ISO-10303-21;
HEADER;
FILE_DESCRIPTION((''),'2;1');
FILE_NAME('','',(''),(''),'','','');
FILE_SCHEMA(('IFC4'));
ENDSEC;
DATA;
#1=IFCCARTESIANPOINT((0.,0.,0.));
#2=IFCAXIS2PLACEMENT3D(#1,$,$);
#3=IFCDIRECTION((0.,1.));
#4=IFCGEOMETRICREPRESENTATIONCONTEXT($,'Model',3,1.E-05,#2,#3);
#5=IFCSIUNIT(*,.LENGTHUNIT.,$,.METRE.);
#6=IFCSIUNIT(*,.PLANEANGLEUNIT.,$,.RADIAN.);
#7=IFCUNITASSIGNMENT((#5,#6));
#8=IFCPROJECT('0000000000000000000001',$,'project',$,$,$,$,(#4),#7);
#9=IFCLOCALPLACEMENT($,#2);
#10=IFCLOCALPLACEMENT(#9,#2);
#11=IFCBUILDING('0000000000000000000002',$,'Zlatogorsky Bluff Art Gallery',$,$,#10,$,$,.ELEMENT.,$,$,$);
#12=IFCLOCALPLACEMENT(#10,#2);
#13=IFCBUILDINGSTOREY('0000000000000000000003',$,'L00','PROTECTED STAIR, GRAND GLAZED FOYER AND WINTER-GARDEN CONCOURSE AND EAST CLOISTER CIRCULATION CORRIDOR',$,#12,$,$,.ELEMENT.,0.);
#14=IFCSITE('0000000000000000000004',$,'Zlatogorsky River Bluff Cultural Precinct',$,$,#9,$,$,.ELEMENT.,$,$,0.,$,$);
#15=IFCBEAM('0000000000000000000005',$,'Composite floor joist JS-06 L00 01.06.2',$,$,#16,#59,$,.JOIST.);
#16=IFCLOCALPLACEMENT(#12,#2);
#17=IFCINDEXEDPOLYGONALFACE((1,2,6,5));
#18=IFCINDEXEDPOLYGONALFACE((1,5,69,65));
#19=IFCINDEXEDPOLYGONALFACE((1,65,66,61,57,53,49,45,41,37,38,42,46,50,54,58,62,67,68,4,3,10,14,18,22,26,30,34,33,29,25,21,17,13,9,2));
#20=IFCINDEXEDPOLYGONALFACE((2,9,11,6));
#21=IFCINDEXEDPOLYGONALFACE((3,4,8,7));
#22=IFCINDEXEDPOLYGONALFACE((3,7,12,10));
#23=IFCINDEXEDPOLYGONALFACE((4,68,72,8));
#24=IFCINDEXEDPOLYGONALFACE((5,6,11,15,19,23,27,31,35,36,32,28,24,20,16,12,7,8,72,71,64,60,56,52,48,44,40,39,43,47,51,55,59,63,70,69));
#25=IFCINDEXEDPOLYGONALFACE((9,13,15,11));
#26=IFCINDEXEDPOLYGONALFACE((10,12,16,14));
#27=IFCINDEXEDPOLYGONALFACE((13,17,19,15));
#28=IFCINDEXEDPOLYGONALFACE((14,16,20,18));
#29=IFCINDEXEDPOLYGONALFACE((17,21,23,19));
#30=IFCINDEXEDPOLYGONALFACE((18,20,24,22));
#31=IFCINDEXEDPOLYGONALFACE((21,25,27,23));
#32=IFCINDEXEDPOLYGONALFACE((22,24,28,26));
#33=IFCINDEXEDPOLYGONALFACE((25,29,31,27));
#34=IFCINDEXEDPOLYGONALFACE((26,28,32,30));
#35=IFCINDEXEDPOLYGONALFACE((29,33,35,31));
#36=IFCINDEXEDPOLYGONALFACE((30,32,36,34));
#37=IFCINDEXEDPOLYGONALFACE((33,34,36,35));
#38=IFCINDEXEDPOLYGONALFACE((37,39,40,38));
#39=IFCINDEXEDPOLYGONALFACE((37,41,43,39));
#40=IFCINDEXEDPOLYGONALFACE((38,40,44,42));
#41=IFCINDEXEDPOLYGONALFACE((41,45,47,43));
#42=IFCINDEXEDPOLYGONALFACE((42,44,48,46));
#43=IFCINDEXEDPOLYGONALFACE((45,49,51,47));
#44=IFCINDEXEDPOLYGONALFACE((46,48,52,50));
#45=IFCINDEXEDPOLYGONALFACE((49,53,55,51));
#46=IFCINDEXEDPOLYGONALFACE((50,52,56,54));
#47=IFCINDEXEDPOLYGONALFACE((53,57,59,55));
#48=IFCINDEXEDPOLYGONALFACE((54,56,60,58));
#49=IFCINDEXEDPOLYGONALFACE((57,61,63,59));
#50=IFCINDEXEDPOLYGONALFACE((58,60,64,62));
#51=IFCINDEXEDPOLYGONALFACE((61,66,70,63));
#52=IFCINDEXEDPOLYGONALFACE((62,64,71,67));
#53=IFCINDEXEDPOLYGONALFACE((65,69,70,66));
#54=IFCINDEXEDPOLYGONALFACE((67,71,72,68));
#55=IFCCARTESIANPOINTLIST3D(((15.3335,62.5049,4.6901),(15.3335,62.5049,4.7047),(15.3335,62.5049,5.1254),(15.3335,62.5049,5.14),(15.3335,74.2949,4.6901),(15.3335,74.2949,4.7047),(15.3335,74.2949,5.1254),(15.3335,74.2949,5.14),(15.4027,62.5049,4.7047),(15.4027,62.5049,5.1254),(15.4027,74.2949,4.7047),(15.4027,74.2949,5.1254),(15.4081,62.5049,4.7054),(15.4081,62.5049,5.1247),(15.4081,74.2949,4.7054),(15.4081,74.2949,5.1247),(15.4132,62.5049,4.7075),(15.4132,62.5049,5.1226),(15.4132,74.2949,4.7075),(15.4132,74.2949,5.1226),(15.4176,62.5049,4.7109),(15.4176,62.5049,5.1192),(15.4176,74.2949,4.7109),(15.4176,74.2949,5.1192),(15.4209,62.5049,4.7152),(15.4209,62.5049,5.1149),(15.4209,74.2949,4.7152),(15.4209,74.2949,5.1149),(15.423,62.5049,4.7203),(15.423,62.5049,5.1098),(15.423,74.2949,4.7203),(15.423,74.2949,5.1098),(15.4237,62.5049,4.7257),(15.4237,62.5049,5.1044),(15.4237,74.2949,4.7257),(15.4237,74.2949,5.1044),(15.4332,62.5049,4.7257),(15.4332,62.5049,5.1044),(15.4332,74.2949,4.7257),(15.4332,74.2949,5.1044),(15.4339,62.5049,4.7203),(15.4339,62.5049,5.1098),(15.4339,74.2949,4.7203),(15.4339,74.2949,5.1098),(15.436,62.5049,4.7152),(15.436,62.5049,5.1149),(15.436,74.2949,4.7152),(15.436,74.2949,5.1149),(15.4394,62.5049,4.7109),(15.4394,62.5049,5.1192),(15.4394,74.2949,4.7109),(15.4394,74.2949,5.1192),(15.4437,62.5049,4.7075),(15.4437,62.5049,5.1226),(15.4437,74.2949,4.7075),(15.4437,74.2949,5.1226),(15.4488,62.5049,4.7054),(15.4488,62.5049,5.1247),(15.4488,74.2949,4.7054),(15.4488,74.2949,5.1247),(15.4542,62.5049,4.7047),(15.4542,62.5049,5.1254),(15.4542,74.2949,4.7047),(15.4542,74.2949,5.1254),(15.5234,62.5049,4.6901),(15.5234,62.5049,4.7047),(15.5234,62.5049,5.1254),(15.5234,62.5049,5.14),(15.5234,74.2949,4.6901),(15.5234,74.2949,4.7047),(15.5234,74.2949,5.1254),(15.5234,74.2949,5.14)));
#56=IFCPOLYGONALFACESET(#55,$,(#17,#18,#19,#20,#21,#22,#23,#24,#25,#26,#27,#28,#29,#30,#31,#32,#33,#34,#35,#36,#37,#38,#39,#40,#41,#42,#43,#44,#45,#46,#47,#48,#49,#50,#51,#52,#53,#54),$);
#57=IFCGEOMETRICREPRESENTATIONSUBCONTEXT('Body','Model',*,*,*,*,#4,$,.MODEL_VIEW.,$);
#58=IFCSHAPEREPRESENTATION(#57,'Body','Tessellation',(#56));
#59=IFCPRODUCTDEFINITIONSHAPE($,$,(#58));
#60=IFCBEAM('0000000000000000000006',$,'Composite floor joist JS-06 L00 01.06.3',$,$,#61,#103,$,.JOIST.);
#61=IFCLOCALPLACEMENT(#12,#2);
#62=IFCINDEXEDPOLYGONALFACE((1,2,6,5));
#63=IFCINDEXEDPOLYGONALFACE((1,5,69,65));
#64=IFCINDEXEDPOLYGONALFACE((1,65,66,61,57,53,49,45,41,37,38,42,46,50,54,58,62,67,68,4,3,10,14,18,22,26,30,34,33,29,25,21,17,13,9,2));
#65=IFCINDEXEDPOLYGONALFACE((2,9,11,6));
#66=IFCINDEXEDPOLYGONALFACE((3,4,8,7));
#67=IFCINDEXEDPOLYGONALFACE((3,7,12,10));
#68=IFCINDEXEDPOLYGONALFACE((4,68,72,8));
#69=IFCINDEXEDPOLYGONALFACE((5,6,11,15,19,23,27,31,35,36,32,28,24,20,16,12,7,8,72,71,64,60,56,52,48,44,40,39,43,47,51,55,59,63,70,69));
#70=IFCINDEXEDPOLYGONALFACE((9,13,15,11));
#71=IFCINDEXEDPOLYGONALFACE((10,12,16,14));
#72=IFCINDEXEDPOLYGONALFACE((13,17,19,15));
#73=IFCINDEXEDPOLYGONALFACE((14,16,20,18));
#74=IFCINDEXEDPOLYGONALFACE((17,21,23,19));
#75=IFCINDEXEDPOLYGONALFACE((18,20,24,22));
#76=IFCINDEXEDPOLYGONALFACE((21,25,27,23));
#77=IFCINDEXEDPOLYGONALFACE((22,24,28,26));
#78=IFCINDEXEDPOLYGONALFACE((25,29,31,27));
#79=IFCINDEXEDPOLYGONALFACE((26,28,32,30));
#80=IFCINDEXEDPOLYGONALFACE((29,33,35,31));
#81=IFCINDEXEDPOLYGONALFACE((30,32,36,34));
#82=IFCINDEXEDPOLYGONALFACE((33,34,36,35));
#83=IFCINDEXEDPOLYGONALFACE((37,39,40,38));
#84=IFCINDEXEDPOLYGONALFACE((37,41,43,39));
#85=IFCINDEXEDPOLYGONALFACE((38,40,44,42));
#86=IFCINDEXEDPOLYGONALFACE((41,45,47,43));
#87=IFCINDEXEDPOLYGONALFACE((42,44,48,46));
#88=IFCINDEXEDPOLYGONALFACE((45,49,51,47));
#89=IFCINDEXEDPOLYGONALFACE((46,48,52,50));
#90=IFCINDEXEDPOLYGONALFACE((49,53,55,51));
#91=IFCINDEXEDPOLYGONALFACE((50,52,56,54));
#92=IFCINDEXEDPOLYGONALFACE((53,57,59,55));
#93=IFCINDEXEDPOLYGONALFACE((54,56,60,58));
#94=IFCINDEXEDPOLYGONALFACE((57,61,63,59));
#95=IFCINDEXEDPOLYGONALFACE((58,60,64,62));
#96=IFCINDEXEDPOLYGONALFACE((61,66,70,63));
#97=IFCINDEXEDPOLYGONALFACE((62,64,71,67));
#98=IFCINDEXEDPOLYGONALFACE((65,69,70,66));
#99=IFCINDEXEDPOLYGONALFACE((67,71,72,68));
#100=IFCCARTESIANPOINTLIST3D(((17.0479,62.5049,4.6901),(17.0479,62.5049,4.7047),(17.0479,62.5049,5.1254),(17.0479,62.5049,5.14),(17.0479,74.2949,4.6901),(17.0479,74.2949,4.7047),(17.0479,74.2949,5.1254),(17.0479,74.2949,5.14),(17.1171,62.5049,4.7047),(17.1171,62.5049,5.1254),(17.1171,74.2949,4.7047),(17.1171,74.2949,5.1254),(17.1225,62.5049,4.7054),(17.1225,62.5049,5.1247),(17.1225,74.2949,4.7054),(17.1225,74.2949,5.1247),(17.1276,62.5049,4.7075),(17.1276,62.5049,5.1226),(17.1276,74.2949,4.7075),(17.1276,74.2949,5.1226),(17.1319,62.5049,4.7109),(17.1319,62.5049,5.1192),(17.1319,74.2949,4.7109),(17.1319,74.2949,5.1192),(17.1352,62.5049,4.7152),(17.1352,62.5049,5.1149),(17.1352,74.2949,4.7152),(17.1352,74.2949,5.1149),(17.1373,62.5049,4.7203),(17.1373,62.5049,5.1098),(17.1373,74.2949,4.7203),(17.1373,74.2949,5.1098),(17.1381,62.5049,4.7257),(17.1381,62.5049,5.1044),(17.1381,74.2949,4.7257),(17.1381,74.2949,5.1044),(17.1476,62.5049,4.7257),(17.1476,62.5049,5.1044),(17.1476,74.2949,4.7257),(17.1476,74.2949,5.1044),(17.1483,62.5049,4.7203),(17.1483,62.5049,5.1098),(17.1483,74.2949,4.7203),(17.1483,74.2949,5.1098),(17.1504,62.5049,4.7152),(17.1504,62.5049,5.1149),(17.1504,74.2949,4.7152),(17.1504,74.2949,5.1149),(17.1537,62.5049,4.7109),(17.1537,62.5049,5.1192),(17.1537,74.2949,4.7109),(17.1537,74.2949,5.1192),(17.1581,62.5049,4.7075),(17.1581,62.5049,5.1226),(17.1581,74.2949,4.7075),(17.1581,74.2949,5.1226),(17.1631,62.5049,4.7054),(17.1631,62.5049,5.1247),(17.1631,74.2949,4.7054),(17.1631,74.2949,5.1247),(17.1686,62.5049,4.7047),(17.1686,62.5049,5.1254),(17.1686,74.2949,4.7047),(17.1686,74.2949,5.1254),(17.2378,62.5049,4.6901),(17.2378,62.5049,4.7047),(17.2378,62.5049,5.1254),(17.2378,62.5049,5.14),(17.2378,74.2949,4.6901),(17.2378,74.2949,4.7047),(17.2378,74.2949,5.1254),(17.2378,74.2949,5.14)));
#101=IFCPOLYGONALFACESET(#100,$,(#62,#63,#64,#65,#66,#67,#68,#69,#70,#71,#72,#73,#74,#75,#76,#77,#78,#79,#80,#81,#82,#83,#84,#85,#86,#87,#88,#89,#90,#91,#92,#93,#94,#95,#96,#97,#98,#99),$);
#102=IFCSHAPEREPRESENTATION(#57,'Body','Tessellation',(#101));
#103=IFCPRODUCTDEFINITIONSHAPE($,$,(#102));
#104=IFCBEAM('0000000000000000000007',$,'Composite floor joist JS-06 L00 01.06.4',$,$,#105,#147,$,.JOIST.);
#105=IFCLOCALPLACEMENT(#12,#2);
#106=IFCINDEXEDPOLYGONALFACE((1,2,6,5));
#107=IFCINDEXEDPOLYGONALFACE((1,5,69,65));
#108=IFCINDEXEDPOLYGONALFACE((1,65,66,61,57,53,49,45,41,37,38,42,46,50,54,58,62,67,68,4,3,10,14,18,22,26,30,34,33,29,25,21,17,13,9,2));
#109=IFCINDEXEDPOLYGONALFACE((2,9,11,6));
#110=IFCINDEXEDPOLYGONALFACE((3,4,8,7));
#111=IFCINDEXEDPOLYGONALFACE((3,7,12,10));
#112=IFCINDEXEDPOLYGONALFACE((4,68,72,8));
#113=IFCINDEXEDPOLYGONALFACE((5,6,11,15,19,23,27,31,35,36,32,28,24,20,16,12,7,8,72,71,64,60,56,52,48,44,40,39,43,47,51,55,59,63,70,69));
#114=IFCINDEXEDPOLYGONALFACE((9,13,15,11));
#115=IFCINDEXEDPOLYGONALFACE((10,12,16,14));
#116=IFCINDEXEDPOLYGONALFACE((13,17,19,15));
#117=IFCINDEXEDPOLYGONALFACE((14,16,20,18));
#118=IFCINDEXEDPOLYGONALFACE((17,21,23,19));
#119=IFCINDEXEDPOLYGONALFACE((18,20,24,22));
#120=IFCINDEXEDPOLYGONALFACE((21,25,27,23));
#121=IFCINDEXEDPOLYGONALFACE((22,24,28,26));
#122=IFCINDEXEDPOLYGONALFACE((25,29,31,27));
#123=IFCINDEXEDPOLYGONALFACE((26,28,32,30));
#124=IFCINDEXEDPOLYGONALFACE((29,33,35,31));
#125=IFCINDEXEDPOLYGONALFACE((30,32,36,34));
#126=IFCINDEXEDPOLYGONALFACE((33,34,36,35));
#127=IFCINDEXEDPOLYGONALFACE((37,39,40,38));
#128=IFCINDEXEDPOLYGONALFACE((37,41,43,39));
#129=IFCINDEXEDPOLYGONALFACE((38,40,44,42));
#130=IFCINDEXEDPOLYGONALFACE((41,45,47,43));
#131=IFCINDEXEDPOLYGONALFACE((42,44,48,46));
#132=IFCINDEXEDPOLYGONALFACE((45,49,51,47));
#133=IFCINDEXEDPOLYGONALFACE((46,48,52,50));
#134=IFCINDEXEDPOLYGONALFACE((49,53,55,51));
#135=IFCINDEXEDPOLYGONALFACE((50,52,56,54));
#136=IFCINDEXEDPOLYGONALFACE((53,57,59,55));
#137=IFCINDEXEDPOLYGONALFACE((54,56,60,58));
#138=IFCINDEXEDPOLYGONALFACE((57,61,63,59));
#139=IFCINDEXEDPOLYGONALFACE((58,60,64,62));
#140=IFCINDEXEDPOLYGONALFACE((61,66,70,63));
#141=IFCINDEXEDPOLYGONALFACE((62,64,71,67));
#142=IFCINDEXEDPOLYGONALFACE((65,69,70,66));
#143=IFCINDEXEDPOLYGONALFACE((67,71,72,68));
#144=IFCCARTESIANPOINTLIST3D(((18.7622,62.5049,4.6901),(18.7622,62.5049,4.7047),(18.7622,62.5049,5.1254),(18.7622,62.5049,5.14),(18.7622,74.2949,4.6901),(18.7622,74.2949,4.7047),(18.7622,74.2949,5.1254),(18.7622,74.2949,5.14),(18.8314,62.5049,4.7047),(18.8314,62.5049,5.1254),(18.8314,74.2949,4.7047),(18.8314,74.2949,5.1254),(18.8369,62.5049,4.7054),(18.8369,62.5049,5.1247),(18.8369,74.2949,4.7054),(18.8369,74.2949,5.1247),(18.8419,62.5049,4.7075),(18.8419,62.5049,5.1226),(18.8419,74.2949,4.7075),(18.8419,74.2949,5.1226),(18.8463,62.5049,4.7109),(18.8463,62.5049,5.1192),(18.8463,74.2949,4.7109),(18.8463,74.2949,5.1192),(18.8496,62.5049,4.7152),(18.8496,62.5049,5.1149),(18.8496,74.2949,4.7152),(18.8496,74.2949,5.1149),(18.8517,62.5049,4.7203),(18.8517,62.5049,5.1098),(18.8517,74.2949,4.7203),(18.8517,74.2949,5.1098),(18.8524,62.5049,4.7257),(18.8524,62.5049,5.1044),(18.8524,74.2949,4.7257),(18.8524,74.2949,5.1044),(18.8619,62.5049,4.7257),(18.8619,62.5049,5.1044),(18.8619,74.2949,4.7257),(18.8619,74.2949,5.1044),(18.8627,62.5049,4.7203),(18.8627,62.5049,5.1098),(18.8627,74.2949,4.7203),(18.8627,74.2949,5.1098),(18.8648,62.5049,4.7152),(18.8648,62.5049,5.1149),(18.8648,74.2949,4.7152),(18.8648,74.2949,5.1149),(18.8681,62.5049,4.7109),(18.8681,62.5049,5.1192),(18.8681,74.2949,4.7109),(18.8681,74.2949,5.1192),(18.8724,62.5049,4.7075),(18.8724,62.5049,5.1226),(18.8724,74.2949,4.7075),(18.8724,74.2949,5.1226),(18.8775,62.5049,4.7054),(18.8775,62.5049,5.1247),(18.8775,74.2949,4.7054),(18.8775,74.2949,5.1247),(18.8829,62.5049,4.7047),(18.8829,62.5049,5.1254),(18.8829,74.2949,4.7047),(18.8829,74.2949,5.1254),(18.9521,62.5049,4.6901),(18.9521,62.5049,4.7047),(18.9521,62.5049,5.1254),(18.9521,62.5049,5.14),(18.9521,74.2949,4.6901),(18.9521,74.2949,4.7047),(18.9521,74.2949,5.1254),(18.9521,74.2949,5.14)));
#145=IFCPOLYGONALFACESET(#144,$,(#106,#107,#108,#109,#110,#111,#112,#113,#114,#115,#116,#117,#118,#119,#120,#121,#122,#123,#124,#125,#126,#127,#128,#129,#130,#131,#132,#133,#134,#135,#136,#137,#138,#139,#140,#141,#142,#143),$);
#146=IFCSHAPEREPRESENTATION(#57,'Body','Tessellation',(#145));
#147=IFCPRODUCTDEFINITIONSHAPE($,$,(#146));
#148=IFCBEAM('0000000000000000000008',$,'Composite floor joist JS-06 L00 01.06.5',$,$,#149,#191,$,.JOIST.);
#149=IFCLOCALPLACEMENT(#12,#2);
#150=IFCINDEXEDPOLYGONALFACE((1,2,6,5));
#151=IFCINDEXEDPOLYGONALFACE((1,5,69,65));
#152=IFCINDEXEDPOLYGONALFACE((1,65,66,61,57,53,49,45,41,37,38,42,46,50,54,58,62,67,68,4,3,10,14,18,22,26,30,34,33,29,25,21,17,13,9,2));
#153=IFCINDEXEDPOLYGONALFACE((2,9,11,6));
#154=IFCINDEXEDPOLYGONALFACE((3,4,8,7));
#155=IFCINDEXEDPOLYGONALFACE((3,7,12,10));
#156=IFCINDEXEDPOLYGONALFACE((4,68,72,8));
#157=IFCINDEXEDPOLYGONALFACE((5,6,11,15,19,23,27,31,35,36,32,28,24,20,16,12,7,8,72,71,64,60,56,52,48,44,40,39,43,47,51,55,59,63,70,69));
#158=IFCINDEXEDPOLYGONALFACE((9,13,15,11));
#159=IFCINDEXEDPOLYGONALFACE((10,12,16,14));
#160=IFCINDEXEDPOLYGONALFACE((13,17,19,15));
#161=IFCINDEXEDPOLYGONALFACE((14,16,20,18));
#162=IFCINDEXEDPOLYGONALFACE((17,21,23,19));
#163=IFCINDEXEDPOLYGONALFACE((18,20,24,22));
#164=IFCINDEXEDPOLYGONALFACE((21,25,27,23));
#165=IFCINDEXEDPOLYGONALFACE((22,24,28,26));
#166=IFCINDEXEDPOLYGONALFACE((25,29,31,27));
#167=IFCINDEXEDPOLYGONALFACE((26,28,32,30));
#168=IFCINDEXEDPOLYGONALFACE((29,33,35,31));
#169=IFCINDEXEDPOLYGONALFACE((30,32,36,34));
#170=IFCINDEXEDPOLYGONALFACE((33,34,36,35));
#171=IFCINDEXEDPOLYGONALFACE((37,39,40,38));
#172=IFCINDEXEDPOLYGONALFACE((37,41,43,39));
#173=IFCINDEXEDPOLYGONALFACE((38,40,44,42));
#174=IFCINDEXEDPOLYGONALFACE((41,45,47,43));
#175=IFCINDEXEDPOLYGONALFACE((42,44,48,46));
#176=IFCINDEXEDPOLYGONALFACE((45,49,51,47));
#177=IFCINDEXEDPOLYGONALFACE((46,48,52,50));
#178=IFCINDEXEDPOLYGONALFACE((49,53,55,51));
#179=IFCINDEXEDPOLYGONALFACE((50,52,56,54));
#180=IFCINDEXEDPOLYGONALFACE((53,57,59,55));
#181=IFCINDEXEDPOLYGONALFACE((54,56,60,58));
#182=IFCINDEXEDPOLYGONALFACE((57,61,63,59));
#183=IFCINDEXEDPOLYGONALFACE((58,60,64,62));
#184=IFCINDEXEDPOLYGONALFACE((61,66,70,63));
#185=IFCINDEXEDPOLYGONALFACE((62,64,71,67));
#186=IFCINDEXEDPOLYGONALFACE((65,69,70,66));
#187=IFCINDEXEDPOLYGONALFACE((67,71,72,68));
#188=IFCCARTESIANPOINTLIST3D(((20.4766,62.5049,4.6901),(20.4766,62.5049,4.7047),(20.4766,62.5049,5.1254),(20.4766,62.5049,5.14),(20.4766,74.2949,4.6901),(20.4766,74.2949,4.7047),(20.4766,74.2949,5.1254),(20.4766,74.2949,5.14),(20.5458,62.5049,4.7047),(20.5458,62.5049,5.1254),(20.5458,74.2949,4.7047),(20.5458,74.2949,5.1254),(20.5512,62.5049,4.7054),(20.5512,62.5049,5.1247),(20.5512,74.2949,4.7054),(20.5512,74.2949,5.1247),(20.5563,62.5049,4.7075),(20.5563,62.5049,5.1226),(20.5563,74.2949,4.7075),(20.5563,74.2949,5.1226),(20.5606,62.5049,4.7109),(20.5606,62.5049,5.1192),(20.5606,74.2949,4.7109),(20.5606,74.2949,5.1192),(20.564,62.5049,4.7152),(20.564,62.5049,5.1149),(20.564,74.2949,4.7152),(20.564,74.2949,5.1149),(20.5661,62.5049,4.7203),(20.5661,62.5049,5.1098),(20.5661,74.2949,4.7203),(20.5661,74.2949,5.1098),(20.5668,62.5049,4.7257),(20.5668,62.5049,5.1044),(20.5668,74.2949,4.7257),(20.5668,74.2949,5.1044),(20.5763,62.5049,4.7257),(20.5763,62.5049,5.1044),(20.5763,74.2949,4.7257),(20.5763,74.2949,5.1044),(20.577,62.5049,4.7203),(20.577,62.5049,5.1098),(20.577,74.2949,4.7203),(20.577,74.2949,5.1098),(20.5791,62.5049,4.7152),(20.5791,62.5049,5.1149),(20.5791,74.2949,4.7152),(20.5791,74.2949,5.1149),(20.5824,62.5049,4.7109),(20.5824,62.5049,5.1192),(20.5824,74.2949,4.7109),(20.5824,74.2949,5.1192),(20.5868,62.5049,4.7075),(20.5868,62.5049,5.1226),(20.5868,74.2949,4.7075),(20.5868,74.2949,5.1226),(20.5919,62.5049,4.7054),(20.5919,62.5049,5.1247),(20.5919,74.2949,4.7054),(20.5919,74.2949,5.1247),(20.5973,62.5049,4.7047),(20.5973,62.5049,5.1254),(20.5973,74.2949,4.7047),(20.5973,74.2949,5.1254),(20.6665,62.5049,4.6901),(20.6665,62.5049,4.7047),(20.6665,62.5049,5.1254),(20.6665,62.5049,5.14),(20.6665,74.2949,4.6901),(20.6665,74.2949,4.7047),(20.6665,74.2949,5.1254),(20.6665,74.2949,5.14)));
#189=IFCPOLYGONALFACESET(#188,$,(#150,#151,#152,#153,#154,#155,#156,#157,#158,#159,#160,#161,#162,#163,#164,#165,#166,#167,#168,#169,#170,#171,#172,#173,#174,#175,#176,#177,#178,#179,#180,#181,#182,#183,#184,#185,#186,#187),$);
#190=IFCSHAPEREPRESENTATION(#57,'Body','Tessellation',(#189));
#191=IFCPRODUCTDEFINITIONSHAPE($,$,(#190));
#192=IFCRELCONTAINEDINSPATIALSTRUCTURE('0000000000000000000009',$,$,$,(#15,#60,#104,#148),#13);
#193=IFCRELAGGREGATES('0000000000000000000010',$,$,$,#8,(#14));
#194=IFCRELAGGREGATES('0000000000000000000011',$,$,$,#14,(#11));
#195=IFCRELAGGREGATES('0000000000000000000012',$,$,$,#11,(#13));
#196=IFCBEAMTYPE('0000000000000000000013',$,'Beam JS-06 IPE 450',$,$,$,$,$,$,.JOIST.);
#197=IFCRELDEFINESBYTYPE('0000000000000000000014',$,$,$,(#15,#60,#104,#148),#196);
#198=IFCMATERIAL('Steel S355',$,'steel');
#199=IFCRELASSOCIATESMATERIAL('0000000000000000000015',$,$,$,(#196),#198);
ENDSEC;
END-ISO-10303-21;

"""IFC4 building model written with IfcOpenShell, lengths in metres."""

from ifc_helpers import new_model, si_unit, direction, frame, origin, origin_2d, place, context, subcontext, project, spatial, i_section, extrude, material, material_profile, profile_set, type_object, element, save


model = new_model("IFC4")

# Units and contexts
model_context = context("Model", 3, precision=1e-05, world=origin(), true_north=direction((0.0, 1.0)))
body_context = subcontext(model_context, "Body", "Model", "MODEL_VIEW")
ifc_project = project(units=[si_unit("LENGTHUNIT", "METRE"), si_unit("PLANEANGLEUNIT", "RADIAN")], contexts=[model_context])

# Site, building, storey
site_placement = place(None, origin())
site = spatial("IfcSite", under=ifc_project, at=site_placement, Name="Zlatogorsky River Bluff Cultural Precinct", CompositionType="ELEMENT", RefElevation=0.0)
building_placement = place(site_placement, origin())
building = spatial("IfcBuilding", under=site, at=building_placement, Name="Zlatogorsky Bluff Art Gallery", CompositionType="ELEMENT")
storey_placement = place(building_placement, origin())
storey = spatial("IfcBuildingStorey", under=building, at=storey_placement, Name="L00", Description="PROTECTED STAIR, GRAND GLAZED FOYER AND WINTER-GARDEN CONCOURSE AND EAST CLOISTER CIRCULATION CORRIDOR", CompositionType="ELEMENT", Elevation=0.0)

# Shared definitions
ifc_material_1 = material(Name="Steel S355", Category="steel")

# Beams
ifc_material_profile_1 = material_profile(ifc_material_1, i_section(OverallWidth=0.1899, OverallDepth=0.45, WebThickness=0.0095, FlangeThickness=0.0146, FilletRadius=0.021, at=origin_2d()), Name="IPE 450")
ifc_profile_set_1 = profile_set([ifc_material_profile_1], Name="Steel S355")
beam_type_1 = type_object("IfcBeamType", Name="Beam JS-06 IPE 450", PredefinedType="JOIST", material=ifc_profile_set_1)
for number, where, z_axis, x_axis, name in (
    (1, (15.4285, 62.5049, 4.915), (0.0, 1.0, 0.0), (-1.0, 0.0, 0.0), "Composite floor joist JS-06 L00 01.06.2"),
    (2, (17.1428, 62.5049, 4.915), (0.0, 1.0, 0.0), (-1.0, 0.0, 0.0), "Composite floor joist JS-06 L00 01.06.3"),
    (3, (18.8572, 62.5049, 4.915), (0.0, 1.0, 0.0), (-1.0, 0.0, 0.0), "Composite floor joist JS-06 L00 01.06.4"),
    (4, (20.5715, 62.5049, 4.915), (0.0, 1.0, 0.0), (-1.0, 0.0, 0.0), "Composite floor joist JS-06 L00 01.06.5"),
):
    element("IfcBeam", number, at=place(storey_placement, frame(where, z_axis=z_axis, x_axis=x_axis)), inside=storey, type_object=beam_type_1, Name=name, PredefinedType="JOIST", context=body_context, shape_type="SweptSolid", body=[
        extrude(i_section(OverallWidth=0.1899, OverallDepth=0.45, WebThickness=0.0095, FlangeThickness=0.0146, FilletRadius=0.021, at=origin_2d()), origin(), (0.0, 0.0, 1.0), 11.79),
    ])

save(model, "model.ifc")
